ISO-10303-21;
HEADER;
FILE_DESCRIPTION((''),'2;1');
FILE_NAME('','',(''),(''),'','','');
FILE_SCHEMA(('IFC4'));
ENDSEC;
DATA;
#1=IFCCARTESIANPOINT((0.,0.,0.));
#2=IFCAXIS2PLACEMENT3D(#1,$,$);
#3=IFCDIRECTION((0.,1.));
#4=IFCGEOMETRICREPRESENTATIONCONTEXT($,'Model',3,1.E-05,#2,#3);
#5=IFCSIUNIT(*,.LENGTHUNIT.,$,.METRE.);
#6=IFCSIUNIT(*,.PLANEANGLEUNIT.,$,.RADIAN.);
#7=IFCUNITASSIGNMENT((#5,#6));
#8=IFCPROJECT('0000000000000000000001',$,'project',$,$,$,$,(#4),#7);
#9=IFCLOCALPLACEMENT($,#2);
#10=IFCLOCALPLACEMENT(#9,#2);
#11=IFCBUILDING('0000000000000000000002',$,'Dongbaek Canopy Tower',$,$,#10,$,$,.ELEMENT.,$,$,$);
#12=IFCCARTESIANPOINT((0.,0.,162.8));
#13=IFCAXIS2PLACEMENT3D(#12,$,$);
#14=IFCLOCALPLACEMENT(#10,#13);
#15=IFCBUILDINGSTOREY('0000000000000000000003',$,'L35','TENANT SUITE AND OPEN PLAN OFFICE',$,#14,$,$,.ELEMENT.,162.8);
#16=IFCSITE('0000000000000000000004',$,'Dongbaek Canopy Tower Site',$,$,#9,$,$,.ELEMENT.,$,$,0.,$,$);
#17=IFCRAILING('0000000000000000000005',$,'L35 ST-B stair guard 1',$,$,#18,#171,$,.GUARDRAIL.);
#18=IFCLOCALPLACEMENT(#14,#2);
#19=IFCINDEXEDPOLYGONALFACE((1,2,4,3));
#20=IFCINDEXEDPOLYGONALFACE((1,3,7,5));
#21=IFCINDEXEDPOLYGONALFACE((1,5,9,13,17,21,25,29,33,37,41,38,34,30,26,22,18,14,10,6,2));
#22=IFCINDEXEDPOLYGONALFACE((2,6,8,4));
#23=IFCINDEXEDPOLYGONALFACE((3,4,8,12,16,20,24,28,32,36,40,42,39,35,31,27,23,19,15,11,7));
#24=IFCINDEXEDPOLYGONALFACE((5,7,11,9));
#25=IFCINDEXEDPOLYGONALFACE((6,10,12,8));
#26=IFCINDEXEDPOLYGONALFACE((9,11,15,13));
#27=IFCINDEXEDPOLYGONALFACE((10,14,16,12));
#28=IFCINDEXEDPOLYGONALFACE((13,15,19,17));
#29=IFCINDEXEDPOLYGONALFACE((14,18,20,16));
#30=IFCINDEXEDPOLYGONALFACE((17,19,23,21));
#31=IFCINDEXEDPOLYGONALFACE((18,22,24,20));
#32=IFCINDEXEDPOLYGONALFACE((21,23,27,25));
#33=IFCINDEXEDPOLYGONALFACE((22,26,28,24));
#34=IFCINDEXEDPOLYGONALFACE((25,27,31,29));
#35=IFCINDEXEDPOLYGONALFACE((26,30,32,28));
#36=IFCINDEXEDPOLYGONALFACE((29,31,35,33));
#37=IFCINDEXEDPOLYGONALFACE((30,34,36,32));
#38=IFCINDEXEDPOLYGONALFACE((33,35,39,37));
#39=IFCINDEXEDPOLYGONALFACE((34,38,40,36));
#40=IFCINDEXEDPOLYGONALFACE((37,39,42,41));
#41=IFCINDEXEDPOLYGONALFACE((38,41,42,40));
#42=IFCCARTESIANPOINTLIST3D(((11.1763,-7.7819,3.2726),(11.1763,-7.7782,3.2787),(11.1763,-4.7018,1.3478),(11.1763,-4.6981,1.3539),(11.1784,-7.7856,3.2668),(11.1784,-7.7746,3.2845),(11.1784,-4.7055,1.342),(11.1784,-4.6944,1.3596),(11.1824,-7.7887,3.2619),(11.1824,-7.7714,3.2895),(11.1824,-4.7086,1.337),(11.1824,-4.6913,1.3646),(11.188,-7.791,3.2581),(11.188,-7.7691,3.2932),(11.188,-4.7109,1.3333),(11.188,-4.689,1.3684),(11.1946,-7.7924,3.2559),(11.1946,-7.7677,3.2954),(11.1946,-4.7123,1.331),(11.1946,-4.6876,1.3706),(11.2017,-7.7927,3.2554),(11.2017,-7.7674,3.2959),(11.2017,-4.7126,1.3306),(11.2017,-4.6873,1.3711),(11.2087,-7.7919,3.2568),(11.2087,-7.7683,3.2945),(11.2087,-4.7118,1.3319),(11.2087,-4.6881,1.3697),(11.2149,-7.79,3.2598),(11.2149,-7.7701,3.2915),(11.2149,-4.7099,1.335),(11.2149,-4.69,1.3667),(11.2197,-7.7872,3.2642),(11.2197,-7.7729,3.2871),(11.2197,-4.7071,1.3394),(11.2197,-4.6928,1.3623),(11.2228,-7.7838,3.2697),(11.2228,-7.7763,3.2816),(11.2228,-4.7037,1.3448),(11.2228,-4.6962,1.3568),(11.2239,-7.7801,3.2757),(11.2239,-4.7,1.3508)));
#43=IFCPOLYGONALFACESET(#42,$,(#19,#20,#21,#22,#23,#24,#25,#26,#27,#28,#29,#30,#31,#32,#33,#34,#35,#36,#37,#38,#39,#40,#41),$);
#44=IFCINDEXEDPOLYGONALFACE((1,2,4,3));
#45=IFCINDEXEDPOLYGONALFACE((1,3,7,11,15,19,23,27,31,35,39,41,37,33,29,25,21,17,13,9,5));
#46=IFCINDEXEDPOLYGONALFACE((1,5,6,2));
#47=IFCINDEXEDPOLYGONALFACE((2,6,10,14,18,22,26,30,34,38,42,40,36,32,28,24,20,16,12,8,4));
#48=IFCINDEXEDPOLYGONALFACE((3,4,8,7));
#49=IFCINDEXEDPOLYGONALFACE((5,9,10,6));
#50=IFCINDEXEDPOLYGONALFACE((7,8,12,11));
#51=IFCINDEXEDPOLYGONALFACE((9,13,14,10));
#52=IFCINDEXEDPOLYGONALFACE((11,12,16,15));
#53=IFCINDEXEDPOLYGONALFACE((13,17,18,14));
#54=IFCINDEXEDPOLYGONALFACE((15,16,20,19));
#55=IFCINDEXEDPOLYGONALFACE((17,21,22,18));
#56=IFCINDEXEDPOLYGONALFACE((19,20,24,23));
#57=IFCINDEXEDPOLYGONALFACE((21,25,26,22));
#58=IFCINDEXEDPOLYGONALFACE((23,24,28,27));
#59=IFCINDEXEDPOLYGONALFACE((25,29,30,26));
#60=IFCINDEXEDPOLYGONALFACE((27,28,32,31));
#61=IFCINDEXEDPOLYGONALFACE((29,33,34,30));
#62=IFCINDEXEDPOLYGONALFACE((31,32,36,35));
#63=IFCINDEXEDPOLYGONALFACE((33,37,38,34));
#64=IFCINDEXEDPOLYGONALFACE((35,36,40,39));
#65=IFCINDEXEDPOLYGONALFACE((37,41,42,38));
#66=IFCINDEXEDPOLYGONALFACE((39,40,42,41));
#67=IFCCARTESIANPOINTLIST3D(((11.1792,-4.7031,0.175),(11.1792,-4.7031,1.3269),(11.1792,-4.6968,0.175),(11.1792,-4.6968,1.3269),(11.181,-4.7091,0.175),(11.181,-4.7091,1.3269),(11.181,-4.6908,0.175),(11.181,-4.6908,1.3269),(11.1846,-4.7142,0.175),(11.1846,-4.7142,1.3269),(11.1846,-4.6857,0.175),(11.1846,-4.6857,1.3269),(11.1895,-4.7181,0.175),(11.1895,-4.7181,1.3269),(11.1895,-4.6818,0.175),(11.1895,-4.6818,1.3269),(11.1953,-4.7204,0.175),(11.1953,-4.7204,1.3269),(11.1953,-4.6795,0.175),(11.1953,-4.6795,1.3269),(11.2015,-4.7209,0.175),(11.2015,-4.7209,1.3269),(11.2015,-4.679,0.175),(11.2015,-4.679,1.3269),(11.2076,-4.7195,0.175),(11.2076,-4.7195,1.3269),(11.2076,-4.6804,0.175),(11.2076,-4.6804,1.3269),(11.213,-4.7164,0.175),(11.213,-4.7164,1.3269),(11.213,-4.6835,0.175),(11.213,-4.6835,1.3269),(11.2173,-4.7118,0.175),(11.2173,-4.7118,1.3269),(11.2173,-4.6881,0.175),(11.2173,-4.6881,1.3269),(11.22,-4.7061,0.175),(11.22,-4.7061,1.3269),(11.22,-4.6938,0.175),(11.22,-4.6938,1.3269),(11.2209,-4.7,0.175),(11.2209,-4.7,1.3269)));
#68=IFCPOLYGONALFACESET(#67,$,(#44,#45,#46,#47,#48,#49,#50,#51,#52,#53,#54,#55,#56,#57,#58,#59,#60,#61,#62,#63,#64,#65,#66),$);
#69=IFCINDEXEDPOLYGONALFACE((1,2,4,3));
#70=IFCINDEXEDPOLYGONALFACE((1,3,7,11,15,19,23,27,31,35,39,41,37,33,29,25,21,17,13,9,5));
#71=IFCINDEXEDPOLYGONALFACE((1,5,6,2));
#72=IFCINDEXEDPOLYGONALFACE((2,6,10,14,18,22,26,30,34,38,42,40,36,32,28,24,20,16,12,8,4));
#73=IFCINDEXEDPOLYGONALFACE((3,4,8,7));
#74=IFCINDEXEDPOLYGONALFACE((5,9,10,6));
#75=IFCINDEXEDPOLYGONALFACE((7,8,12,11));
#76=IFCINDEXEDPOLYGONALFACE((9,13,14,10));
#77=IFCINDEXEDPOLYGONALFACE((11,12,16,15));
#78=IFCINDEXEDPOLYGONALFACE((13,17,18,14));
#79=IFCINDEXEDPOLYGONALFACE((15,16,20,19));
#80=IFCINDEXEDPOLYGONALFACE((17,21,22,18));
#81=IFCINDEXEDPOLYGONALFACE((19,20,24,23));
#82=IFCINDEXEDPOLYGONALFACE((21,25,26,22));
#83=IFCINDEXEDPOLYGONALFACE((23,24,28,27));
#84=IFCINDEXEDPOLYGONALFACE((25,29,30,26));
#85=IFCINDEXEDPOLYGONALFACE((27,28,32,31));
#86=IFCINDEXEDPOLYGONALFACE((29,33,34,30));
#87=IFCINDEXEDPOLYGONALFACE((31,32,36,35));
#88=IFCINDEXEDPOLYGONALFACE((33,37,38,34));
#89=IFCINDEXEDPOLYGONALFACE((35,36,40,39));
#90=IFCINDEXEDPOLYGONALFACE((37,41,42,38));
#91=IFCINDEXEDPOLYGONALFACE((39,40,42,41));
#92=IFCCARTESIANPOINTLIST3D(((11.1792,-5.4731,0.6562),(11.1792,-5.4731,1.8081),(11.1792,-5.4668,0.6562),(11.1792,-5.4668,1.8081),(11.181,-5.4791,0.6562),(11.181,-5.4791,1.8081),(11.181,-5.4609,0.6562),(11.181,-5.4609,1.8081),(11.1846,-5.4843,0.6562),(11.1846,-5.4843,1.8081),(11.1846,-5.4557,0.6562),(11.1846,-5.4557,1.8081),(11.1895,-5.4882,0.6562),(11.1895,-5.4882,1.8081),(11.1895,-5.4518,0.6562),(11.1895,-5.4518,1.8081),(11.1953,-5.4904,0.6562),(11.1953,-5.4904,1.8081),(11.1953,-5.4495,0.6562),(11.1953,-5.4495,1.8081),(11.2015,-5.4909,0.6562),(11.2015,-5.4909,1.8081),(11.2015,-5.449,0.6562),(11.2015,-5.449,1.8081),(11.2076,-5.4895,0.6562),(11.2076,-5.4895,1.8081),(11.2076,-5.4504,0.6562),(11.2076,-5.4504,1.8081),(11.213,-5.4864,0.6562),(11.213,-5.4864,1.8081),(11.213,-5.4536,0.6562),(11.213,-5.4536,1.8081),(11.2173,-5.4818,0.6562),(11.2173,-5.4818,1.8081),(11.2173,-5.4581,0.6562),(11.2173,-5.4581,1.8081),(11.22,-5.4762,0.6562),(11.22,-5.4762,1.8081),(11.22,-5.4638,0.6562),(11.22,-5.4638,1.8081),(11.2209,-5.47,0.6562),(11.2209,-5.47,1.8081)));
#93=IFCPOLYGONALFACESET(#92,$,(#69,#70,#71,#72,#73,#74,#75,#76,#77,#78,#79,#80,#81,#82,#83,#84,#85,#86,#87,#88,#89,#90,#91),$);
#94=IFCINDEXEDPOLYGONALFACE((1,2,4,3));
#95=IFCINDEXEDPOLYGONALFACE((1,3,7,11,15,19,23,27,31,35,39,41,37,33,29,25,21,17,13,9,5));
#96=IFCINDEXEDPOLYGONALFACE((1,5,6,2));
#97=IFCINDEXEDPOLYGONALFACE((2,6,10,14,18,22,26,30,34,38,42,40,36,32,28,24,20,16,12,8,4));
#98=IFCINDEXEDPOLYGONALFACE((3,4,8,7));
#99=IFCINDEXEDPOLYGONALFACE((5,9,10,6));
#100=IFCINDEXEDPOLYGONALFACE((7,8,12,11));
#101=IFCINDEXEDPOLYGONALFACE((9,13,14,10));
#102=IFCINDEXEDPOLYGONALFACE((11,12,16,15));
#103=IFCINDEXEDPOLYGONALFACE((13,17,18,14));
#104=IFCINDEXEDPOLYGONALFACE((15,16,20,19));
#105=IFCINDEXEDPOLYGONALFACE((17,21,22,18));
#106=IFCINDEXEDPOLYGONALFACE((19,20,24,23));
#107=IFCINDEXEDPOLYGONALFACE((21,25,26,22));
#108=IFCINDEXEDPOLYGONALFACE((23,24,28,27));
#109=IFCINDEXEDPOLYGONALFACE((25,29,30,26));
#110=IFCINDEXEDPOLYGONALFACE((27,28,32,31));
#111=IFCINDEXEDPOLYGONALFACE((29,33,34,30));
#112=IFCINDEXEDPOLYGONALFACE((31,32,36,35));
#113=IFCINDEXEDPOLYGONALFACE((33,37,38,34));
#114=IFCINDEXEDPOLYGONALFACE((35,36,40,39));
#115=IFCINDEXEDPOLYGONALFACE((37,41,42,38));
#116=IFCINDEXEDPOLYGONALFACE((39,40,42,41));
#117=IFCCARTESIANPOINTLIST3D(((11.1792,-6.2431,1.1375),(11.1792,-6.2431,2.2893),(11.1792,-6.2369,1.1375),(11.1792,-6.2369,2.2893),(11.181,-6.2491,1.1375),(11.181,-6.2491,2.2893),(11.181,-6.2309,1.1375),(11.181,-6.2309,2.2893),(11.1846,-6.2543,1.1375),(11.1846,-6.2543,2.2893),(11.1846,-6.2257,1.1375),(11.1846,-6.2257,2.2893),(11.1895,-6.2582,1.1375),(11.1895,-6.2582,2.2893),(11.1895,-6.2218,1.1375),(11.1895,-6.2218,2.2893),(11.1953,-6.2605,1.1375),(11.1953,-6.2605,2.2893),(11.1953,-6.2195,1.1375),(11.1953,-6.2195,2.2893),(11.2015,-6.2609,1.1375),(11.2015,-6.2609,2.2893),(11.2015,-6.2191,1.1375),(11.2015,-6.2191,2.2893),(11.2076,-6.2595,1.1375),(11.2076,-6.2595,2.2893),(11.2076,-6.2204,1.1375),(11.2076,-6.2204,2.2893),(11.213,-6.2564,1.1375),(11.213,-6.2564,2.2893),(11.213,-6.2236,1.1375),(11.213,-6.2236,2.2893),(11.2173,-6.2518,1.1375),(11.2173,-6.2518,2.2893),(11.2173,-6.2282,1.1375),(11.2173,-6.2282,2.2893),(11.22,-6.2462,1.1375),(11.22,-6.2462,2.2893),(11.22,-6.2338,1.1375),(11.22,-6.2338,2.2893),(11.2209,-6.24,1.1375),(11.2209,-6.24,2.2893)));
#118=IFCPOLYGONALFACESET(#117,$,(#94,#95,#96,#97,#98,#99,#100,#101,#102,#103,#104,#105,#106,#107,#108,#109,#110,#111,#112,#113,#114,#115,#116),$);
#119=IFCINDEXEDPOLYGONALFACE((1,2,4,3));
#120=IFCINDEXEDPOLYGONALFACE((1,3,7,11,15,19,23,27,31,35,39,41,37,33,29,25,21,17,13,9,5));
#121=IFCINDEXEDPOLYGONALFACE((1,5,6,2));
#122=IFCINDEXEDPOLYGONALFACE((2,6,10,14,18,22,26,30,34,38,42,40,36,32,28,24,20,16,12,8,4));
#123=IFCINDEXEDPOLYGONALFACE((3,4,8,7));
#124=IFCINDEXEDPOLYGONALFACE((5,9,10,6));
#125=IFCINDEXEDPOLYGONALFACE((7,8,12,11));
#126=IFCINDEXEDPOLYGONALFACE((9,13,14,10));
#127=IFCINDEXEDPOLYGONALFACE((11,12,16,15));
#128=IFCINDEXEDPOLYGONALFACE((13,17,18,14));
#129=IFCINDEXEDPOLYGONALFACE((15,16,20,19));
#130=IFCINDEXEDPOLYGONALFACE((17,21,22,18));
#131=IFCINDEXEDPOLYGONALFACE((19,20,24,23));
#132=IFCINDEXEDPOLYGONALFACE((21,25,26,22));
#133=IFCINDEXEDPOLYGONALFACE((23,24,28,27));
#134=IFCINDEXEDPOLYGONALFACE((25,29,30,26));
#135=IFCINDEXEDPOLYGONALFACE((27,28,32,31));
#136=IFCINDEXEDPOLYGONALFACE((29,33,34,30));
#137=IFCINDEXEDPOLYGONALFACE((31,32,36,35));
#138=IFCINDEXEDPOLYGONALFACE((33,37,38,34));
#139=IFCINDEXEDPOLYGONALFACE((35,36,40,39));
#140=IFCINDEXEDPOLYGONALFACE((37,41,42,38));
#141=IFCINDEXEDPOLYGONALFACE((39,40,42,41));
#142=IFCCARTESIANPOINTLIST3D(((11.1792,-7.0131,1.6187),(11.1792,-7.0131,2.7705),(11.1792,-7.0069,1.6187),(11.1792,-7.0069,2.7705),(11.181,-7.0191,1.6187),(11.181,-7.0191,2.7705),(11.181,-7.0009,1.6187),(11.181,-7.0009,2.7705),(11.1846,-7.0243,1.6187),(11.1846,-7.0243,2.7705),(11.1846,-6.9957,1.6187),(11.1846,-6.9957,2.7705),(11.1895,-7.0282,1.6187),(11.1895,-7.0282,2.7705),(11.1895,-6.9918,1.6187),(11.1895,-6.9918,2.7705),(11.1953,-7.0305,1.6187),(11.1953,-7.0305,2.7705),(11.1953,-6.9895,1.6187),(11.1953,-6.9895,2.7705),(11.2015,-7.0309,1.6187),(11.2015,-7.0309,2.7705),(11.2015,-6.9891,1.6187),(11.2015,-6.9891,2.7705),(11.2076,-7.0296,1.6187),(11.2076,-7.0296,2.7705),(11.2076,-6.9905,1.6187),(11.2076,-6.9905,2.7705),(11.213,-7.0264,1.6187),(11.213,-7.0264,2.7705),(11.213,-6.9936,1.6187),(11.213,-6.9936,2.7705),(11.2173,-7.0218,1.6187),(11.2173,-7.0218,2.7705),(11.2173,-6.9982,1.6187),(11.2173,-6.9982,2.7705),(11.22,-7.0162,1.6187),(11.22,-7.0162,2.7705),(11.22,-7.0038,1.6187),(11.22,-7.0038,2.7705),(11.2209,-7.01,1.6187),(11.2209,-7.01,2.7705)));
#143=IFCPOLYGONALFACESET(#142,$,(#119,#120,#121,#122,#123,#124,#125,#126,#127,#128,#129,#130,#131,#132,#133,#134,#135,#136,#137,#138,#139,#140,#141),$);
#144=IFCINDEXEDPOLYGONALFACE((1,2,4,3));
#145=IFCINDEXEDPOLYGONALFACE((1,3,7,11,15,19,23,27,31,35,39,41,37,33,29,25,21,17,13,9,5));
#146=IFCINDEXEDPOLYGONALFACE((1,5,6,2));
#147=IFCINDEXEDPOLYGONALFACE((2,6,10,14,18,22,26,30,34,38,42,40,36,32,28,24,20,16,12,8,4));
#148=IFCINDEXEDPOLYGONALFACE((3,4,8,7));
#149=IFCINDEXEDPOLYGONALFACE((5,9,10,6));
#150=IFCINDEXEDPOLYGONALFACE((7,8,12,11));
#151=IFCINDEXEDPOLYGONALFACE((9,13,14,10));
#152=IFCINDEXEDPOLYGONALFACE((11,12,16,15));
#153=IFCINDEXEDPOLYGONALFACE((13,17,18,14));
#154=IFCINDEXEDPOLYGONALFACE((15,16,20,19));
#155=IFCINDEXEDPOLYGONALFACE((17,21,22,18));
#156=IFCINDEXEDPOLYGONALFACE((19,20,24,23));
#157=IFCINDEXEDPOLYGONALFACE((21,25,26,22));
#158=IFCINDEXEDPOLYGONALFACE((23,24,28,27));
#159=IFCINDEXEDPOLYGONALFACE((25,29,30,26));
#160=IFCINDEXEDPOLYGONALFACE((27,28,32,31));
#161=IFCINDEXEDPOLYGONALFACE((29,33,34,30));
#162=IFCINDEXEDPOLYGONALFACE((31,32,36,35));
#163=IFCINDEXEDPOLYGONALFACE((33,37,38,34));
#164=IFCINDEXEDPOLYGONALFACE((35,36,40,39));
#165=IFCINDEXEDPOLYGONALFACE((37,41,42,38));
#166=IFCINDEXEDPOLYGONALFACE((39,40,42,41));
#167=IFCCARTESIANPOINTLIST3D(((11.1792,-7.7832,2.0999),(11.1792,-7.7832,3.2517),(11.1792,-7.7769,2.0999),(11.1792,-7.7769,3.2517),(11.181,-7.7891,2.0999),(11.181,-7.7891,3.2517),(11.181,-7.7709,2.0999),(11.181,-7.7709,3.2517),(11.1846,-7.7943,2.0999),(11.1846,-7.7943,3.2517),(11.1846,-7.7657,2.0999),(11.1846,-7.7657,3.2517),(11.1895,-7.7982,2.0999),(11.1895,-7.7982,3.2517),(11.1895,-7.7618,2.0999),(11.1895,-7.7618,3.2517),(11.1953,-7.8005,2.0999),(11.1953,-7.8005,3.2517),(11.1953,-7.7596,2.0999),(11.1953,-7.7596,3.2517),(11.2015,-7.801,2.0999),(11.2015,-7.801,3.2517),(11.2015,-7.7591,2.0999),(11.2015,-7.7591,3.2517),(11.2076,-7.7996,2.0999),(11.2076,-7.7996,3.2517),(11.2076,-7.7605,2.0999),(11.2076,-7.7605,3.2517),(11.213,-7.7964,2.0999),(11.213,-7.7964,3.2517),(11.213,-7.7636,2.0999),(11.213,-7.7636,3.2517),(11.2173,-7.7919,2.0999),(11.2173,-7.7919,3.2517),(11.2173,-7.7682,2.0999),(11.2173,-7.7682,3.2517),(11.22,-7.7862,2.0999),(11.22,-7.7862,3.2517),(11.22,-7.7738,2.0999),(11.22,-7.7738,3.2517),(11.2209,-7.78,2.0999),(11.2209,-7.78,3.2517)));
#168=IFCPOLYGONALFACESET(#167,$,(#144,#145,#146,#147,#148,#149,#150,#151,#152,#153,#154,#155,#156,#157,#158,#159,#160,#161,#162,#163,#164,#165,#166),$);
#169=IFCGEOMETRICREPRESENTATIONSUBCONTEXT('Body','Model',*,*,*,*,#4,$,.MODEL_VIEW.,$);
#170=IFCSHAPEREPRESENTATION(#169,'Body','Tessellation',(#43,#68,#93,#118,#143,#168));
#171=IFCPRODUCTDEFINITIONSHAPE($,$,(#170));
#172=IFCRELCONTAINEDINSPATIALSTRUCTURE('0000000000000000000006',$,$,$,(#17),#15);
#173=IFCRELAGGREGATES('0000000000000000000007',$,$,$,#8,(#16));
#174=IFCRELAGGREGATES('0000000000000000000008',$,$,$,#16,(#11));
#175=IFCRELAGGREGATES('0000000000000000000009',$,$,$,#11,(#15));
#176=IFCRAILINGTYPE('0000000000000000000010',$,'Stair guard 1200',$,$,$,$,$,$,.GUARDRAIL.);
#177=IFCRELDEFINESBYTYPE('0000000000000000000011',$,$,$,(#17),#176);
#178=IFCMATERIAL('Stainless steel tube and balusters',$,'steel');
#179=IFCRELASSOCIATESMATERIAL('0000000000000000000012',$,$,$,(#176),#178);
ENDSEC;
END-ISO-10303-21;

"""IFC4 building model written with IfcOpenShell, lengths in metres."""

from ifc_helpers import new_model, si_unit, direction, frame, origin, origin_2d, place, context, subcontext, project, spatial, circle, extrude, material, type_object, element, save


model = new_model("IFC4")

# Units and contexts
model_context = context("Model", 3, precision=1e-05, world=origin(), true_north=direction((0.0, 1.0)))
body_context = subcontext(model_context, "Body", "Model", "MODEL_VIEW")
ifc_project = project(units=[si_unit("LENGTHUNIT", "METRE"), si_unit("PLANEANGLEUNIT", "RADIAN")], contexts=[model_context])

# Site, building, storey
site_placement = place(None, origin())
site = spatial("IfcSite", under=ifc_project, at=site_placement, Name="Dongbaek Canopy Tower Site", CompositionType="ELEMENT", RefElevation=0.0)
building_placement = place(site_placement, origin())
building = spatial("IfcBuilding", under=site, at=building_placement, Name="Dongbaek Canopy Tower", CompositionType="ELEMENT")
storey_placement = place(building_placement, frame((0.0, 0.0, 162.8)))
storey = spatial("IfcBuildingStorey", under=building, at=storey_placement, Name="L35", Description="TENANT SUITE AND OPEN PLAN OFFICE", CompositionType="ELEMENT", Elevation=162.8)

# Railing
ifc_material_1 = material(Name="Stainless steel tube and balusters", Category="steel")
railing_type_1 = type_object("IfcRailingType", Name="Stair guard 1200", PredefinedType="GUARDRAIL", material=ifc_material_1)
railing_1_placement = place(storey_placement, frame((11.2, -4.7, 0.175)))
element("IfcRailing", 1, at=railing_1_placement, inside=storey, type_object=railing_type_1, Name="L35 ST-B stair guard 1", PredefinedType="GUARDRAIL", context=body_context, shape_type="SweptSolid", body=[
    extrude(circle(Radius=0.0239, at=origin_2d()), frame((0.0, 0.0, 1.1758), z_axis=(0.0, -0.848029, 0.529951), x_axis=(1.0, 0.0, 0.0)), (0.0, 0.0, 1.0), 3.6321),
    extrude(circle(Radius=0.021, at=origin_2d()), origin(), (0.0, 0.0, 1.0), 1.1519),
    extrude(circle(Radius=0.021, at=origin_2d()), frame((0.0, -0.77, 0.4812)), (0.0, 0.0, 1.0), 1.1519),
    extrude(circle(Radius=0.021, at=origin_2d()), frame((0.0, -1.54, 0.9624)), (0.0, 0.0, 1.0), 1.1519),
    extrude(circle(Radius=0.021, at=origin_2d()), frame((0.0, -2.3101, 1.4436)), (0.0, 0.0, 1.0), 1.1519),
    extrude(circle(Radius=0.021, at=origin_2d()), frame((0.0, -3.0801, 1.9248)), (0.0, 0.0, 1.0), 1.1519),
])

save(model, "model.ifc")
